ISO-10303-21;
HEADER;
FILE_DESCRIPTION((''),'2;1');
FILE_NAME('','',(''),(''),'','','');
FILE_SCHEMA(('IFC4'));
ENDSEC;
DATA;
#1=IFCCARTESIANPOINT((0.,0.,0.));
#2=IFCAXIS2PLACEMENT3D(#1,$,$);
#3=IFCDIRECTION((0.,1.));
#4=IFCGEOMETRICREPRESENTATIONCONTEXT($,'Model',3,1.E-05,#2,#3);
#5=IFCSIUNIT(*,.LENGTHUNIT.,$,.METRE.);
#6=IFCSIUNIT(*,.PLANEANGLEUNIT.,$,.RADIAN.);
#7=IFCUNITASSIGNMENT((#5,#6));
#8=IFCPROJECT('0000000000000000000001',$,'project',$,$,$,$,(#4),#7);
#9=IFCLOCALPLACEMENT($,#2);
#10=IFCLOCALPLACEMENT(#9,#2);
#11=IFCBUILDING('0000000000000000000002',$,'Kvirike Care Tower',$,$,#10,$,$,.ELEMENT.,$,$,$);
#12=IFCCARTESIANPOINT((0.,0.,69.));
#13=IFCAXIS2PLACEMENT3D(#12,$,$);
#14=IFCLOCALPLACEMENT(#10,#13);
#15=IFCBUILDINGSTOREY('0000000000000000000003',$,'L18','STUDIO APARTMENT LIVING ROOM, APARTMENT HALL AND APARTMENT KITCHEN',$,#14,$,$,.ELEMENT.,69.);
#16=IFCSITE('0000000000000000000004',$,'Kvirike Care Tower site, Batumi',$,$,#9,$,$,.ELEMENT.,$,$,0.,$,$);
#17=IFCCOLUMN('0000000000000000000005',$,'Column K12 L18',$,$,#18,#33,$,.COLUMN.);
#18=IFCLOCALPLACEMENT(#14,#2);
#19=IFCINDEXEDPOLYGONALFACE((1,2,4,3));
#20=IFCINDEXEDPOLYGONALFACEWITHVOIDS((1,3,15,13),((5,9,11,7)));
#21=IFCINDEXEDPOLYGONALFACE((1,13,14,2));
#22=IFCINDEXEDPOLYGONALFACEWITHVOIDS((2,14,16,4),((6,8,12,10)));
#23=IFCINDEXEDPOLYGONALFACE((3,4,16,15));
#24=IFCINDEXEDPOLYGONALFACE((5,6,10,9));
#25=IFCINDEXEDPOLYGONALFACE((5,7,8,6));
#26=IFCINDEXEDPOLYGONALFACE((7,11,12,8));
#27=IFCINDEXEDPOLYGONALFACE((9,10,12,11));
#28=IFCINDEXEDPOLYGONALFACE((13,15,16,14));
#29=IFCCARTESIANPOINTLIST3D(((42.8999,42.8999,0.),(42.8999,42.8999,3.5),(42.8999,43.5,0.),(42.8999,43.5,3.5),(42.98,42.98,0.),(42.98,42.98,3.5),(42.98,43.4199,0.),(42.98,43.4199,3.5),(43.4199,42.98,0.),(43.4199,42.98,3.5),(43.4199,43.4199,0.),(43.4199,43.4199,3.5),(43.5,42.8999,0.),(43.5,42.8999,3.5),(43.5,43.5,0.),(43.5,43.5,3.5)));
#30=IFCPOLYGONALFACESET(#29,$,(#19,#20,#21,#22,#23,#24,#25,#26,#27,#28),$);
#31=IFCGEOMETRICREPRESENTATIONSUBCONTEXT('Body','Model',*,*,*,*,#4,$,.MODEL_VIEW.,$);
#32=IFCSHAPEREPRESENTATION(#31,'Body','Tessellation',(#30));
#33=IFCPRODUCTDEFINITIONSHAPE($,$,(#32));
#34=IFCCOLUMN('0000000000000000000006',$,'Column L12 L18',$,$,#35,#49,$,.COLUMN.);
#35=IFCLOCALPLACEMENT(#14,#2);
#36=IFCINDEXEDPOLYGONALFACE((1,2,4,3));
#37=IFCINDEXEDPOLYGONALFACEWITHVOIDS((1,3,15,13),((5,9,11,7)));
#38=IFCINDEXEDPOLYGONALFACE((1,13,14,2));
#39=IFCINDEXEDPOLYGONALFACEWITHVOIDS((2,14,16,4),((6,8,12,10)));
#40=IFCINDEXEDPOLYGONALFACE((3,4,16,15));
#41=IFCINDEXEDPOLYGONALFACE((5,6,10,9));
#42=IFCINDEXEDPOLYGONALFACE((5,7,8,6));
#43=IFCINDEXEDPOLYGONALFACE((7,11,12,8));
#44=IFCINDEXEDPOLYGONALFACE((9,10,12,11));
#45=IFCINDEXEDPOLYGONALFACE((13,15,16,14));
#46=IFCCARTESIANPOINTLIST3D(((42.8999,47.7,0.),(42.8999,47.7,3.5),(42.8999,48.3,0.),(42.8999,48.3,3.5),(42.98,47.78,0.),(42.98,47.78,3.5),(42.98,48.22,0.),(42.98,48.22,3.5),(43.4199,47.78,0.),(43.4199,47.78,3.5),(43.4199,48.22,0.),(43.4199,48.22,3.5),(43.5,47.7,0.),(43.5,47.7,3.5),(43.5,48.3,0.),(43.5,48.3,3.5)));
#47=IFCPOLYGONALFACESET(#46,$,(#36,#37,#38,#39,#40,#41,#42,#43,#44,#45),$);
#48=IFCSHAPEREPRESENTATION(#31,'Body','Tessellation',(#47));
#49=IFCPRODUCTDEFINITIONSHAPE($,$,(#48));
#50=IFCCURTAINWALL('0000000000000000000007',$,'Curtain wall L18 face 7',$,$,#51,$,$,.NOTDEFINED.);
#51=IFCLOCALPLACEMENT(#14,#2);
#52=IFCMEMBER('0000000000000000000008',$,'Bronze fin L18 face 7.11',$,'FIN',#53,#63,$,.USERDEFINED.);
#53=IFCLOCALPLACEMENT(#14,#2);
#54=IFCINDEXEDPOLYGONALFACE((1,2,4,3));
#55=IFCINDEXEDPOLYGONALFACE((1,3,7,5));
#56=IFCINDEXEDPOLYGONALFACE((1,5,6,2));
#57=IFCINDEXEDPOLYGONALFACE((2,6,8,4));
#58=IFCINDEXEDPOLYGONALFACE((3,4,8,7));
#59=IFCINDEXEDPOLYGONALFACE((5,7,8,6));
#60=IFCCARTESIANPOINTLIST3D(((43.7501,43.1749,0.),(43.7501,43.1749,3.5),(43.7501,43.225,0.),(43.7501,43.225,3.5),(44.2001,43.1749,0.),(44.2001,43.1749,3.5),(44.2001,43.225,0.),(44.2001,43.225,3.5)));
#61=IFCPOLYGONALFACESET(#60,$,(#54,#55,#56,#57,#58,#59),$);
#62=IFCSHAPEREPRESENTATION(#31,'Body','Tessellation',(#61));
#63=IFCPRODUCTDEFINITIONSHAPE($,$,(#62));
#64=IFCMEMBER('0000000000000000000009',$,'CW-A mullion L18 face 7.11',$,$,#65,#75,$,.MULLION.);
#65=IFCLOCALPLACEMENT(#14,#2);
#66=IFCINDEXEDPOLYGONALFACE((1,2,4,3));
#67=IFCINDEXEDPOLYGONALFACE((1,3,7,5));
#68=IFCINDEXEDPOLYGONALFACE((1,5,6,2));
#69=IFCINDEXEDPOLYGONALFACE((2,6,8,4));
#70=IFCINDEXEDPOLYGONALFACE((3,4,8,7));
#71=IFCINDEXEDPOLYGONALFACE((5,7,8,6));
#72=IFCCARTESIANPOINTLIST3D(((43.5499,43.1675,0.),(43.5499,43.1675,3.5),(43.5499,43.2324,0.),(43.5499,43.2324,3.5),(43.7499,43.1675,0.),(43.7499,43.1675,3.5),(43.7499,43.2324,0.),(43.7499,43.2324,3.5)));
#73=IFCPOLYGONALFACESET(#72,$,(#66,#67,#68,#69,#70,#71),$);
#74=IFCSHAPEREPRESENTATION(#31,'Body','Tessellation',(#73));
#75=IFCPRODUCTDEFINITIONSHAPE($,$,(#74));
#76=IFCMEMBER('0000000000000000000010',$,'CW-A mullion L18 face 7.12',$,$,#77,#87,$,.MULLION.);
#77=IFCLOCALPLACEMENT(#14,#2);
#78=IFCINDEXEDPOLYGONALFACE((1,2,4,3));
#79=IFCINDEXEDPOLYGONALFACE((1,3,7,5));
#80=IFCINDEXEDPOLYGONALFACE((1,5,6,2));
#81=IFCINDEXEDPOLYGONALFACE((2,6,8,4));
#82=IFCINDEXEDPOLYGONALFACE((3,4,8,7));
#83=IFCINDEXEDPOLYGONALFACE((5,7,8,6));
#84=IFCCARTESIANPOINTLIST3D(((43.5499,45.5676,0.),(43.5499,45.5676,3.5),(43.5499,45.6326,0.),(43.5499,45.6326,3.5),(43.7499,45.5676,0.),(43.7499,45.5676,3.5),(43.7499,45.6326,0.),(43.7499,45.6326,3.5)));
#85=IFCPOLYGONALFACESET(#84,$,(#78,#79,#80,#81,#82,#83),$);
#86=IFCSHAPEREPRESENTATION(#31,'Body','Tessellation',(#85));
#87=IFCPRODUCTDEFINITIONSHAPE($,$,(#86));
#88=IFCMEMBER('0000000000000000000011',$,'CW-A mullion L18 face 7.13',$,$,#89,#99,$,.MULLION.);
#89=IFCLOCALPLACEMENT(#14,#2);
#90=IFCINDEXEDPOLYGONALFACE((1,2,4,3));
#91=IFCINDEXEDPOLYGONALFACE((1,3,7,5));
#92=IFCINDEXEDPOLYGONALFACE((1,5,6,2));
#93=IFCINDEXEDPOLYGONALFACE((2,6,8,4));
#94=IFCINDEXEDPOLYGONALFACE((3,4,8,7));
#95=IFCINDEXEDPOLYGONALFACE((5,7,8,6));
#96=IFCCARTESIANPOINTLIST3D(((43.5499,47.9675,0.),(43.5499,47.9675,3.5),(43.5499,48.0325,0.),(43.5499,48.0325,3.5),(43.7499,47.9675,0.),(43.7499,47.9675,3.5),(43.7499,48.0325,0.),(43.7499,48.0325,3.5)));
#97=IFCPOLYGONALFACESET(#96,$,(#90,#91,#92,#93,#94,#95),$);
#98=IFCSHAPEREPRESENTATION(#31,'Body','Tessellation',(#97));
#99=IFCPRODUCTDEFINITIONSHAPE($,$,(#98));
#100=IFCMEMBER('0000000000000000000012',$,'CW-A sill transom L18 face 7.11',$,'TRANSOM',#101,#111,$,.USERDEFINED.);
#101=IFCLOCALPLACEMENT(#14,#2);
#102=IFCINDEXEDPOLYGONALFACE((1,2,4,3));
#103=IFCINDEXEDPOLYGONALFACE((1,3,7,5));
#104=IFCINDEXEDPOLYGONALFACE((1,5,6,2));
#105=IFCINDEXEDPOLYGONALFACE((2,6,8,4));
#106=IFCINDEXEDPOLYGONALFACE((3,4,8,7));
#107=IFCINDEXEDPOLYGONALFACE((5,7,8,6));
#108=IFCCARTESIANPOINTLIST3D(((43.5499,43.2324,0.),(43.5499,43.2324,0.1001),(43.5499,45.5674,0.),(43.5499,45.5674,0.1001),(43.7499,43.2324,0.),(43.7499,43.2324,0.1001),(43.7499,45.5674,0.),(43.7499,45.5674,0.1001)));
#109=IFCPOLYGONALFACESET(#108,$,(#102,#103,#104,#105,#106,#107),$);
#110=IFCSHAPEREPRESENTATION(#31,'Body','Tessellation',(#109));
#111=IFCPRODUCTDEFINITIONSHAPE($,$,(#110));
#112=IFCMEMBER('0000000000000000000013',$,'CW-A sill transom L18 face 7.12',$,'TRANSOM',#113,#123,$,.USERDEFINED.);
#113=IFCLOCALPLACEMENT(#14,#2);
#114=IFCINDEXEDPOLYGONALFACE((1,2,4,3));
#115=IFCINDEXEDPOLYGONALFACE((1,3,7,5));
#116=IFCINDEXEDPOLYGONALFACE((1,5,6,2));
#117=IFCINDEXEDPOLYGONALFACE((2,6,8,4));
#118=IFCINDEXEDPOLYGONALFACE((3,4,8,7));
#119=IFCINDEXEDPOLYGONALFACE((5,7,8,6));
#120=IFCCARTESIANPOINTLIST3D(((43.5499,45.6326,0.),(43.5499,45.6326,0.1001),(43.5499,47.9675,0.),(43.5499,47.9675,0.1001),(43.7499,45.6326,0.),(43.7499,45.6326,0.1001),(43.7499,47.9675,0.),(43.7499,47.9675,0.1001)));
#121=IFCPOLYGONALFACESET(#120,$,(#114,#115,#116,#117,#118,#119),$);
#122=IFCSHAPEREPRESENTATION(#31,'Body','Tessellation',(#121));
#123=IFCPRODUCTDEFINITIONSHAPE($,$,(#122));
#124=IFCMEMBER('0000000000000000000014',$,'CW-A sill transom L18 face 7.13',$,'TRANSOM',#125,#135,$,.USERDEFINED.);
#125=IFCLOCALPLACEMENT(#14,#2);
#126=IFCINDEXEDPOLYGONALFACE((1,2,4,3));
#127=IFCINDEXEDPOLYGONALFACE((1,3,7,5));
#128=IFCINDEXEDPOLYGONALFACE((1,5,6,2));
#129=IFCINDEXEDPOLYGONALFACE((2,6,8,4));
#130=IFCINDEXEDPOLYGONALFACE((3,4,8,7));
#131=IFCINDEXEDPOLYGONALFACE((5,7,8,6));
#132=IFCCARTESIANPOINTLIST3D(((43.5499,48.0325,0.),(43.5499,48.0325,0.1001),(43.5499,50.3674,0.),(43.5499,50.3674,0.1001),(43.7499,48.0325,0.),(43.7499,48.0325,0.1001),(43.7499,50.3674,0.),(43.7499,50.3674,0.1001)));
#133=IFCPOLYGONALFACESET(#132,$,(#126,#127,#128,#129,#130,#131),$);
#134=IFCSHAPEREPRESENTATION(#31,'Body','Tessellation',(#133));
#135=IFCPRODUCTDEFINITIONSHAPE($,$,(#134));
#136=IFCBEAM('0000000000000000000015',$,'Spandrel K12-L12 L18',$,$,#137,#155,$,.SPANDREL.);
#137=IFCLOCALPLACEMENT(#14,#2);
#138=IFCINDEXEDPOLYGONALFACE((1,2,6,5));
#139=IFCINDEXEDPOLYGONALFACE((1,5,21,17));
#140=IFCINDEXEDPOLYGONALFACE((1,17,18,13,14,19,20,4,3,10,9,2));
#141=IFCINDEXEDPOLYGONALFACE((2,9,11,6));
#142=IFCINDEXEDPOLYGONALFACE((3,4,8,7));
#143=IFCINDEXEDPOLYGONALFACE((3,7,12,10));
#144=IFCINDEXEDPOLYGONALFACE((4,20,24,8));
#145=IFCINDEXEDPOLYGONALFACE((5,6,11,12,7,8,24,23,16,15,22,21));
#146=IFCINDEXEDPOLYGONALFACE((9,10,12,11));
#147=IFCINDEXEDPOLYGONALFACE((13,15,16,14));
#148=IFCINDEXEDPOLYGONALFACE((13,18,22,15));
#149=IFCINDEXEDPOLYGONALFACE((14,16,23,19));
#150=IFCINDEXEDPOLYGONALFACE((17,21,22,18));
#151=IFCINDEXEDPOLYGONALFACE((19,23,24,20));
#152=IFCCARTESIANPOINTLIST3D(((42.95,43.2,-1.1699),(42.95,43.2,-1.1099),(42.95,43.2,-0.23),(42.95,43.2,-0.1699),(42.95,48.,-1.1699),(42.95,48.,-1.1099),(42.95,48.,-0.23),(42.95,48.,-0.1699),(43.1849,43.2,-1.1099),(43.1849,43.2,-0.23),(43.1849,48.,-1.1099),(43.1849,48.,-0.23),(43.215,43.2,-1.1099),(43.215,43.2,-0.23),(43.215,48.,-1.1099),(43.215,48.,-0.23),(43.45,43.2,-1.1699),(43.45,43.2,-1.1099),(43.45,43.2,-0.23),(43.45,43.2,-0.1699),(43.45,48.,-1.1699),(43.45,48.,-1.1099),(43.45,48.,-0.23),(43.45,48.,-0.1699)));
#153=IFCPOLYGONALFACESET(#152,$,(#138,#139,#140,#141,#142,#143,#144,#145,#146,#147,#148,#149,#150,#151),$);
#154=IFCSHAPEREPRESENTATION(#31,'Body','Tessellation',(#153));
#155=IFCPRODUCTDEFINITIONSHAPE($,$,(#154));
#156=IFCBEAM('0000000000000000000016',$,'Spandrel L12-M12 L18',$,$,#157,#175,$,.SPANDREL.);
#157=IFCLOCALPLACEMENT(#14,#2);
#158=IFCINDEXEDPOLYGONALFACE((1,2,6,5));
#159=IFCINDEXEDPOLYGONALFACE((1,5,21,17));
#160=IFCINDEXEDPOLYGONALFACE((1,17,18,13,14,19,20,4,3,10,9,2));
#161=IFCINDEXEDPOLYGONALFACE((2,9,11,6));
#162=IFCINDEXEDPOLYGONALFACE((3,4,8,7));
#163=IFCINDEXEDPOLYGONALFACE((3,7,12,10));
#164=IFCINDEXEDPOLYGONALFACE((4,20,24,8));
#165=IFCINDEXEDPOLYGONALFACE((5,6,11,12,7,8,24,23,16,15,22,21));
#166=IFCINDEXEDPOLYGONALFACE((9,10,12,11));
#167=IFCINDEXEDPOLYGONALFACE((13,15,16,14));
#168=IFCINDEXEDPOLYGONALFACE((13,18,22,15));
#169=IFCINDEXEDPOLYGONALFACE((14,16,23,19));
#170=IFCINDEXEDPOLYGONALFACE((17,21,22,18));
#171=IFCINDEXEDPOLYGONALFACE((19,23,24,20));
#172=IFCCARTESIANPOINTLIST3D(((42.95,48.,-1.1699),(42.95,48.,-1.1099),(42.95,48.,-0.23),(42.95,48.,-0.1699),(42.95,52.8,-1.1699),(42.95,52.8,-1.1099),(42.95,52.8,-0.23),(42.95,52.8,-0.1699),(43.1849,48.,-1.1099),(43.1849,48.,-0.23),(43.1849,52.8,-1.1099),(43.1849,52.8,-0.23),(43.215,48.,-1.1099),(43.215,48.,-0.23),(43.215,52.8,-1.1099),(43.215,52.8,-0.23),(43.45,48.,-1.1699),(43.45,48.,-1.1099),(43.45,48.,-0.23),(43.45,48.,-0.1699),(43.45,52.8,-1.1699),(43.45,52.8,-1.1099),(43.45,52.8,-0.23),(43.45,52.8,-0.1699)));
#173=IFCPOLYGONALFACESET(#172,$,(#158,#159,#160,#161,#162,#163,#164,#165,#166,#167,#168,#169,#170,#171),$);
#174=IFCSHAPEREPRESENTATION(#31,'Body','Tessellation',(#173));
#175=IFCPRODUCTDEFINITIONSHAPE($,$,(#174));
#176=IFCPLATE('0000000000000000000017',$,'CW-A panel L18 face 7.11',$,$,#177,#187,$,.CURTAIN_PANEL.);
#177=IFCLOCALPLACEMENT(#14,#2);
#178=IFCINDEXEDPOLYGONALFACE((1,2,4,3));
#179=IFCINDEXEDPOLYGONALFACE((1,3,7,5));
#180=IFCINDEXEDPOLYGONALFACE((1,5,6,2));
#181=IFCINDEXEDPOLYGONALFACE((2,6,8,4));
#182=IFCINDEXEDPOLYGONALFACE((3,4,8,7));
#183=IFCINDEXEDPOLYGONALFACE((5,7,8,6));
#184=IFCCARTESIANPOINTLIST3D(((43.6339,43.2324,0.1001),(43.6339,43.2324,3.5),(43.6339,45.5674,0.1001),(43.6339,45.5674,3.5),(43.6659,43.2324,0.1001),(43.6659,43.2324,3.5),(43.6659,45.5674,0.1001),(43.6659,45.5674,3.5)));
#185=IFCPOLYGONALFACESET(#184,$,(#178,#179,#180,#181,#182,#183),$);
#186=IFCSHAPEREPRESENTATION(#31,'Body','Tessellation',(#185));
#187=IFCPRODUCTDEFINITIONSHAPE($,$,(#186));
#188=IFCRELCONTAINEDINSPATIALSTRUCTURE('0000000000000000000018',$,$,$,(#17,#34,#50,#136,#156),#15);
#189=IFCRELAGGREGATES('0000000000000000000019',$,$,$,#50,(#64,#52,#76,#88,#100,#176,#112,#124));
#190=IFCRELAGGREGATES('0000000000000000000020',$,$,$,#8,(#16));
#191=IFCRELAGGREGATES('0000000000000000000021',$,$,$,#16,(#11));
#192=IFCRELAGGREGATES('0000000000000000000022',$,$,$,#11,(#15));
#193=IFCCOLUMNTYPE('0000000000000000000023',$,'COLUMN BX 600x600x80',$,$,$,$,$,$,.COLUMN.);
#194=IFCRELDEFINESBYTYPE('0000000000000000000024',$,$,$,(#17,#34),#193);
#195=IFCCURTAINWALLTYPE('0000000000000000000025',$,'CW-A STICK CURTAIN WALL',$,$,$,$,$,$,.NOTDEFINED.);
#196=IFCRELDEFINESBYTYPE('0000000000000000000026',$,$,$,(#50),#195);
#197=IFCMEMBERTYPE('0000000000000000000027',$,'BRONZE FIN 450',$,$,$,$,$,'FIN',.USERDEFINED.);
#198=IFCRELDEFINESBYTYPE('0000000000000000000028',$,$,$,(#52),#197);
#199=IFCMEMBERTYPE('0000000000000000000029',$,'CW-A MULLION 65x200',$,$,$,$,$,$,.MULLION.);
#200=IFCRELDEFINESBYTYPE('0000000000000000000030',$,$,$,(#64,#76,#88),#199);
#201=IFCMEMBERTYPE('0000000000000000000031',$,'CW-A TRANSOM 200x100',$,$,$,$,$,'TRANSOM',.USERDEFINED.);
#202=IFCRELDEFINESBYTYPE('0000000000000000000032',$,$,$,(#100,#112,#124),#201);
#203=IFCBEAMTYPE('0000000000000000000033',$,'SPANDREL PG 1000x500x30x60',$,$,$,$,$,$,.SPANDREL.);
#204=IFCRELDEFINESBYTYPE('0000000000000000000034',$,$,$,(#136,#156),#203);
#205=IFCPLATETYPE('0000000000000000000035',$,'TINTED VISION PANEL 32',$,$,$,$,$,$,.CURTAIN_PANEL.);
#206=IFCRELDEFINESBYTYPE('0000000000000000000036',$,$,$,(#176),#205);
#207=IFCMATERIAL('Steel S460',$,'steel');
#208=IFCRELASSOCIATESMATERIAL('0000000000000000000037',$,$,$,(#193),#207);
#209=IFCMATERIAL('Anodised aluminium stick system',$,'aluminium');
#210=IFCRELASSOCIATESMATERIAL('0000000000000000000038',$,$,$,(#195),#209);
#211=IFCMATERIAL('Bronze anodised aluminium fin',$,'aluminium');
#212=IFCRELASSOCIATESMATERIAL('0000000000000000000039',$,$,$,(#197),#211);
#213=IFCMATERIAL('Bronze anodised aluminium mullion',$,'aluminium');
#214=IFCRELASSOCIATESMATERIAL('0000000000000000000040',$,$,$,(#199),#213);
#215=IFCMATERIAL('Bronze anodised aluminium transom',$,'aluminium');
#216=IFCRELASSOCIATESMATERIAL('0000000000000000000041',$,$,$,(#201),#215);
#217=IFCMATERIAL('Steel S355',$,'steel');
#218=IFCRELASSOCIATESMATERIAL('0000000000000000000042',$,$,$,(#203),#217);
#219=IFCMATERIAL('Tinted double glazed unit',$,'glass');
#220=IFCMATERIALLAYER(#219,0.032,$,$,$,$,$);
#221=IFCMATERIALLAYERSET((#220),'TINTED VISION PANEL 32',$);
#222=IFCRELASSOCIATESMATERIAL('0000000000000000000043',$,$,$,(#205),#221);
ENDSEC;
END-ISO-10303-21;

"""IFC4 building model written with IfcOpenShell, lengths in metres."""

from ifc_helpers import new_model, si_unit, direction, frame, origin, origin_2d, place, context, subcontext, project, spatial, rectangle, hollow_rectangle, i_section, extrude, material, layer, layer_set, material_profile, profile_set, type_object, element, aggregate, save


model = new_model("IFC4")

# Units and contexts
model_context = context("Model", 3, precision=1e-05, world=origin(), true_north=direction((0.0, 1.0)))
body_context = subcontext(model_context, "Body", "Model", "MODEL_VIEW")
ifc_project = project(units=[si_unit("LENGTHUNIT", "METRE"), si_unit("PLANEANGLEUNIT", "RADIAN")], contexts=[model_context])

# Site, building, storey
site_placement = place(None, origin())
site = spatial("IfcSite", under=ifc_project, at=site_placement, Name="Kvirike Care Tower site, Batumi", CompositionType="ELEMENT", RefElevation=0.0)
building_placement = place(site_placement, origin())
building = spatial("IfcBuilding", under=site, at=building_placement, Name="Kvirike Care Tower", CompositionType="ELEMENT")
storey_placement = place(building_placement, frame((0.0, 0.0, 69.0)))
storey = spatial("IfcBuildingStorey", under=building, at=storey_placement, Name="L18", Description="STUDIO APARTMENT LIVING ROOM, APARTMENT HALL AND APARTMENT KITCHEN", CompositionType="ELEMENT", Elevation=69.0)

# Columns
ifc_material_1 = material(Name="Steel S460", Category="steel")
ifc_material_profile_1 = material_profile(ifc_material_1, hollow_rectangle(XDim=0.6001, YDim=0.6001, WallThickness=0.0801, at=origin_2d()), Name="BX 600x600x80")
ifc_profile_set_1 = profile_set([ifc_material_profile_1], Name="Steel S460")
column_type = type_object("IfcColumnType", Name="COLUMN BX 600x600x80", PredefinedType="COLUMN", material=ifc_profile_set_1)
for number, where, z_axis, x_axis, name in (
    (1, (43.2, 43.2, 0.0), (0.0, 0.0, 1.0), (0.0, 1.0, 0.0), "Column K12 L18"),
    (2, (43.2, 48.0, 0.0), (0.0, 0.0, 1.0), (1.0, 0.0, 0.0), "Column L12 L18"),
):
    element("IfcColumn", number, at=place(storey_placement, frame(where, z_axis=z_axis, x_axis=x_axis)), inside=storey, type_object=column_type, Name=name, PredefinedType="COLUMN", context=body_context, shape_type="SweptSolid", body=[
        extrude(hollow_rectangle(XDim=0.6001, YDim=0.6001, WallThickness=0.0801, at=origin_2d()), origin(), (0.0, 0.0, 1.0), 3.5),
    ])

# Curtain wall, members
ifc_material_2 = material(Name="Anodised aluminium stick system", Category="aluminium")
curtain_wall_type = type_object("IfcCurtainWallType", Name="CW-A STICK CURTAIN WALL", PredefinedType="NOTDEFINED", material=ifc_material_2)
curtain_wall_placement = place(storey_placement, origin())
curtain_wall = element("IfcCurtainWall", 3, at=curtain_wall_placement, inside=storey, type_object=curtain_wall_type, Name="Curtain wall L18 face 7", PredefinedType="NOTDEFINED")
ifc_material_3 = material(Name="Bronze anodised aluminium fin", Category="aluminium")
ifc_material_profile_2 = material_profile(ifc_material_3, rectangle(XDim=0.05, YDim=0.45, at=origin_2d()), Name="BRONZE FIN 450")
ifc_profile_set_2 = profile_set([ifc_material_profile_2], Name="Bronze anodised aluminium fin")
member_type_1 = type_object("IfcMemberType", Name="BRONZE FIN 450", ElementType="FIN", PredefinedType="USERDEFINED", material=ifc_profile_set_2)
member_1_placement = place(storey_placement, frame((43.9751, 43.2, 0.0), z_axis=(0.0, 0.0, 1.0), x_axis=(0.0, 1.0, 0.0)))
member_1 = element("IfcMember", 4, at=member_1_placement, type_object=member_type_1, Name="Bronze fin L18 face 7.11", ObjectType="FIN", PredefinedType="USERDEFINED", context=body_context, shape_type="SweptSolid", body=[
    extrude(rectangle(XDim=0.05, YDim=0.45, at=origin_2d()), origin(), (0.0, 0.0, 1.0), 3.5),
])
ifc_material_4 = material(Name="Bronze anodised aluminium mullion", Category="aluminium")
ifc_material_profile_3 = material_profile(ifc_material_4, rectangle(XDim=0.0649, YDim=0.2, at=origin_2d()), Name="CW-A MULLION 65x200")
ifc_profile_set_3 = profile_set([ifc_material_profile_3], Name="Bronze anodised aluminium mullion")
member_type_2 = type_object("IfcMemberType", Name="CW-A MULLION 65x200", PredefinedType="MULLION", material=ifc_profile_set_3)
member_2_placement = place(storey_placement, frame((43.6499, 43.2, 0.0), z_axis=(0.0, 0.0, 1.0), x_axis=(0.0, 1.0, 0.0)))
member_2 = element("IfcMember", 5, at=member_2_placement, type_object=member_type_2, Name="CW-A mullion L18 face 7.11", PredefinedType="MULLION", context=body_context, shape_type="SweptSolid", body=[
    extrude(rectangle(XDim=0.0649, YDim=0.2, at=origin_2d()), origin(), (0.0, 0.0, 1.0), 3.5),
])
member_3_placement = place(storey_placement, frame((43.6499, 45.6001, 0.0), z_axis=(0.0, 0.0, 1.0), x_axis=(0.0, 1.0, 0.0)))
member_3 = element("IfcMember", 6, at=member_3_placement, type_object=member_type_2, Name="CW-A mullion L18 face 7.12", PredefinedType="MULLION", context=body_context, shape_type="SweptSolid", body=[
    extrude(rectangle(XDim=0.0649, YDim=0.2, at=origin_2d()), origin(), (0.0, 0.0, 1.0), 3.5),
])
member_4_placement = place(storey_placement, frame((43.6499, 48.0, 0.0), z_axis=(0.0, 0.0, 1.0), x_axis=(0.0, 1.0, 0.0)))
member_4 = element("IfcMember", 7, at=member_4_placement, type_object=member_type_2, Name="CW-A mullion L18 face 7.13", PredefinedType="MULLION", context=body_context, shape_type="SweptSolid", body=[
    extrude(rectangle(XDim=0.0649, YDim=0.2, at=origin_2d()), origin(), (0.0, 0.0, 1.0), 3.5),
])
ifc_material_5 = material(Name="Bronze anodised aluminium transom", Category="aluminium")
ifc_material_profile_4 = material_profile(ifc_material_5, rectangle(XDim=0.2, YDim=0.1001, at=origin_2d()), Name="CW-A TRANSOM 200x100")
ifc_profile_set_4 = profile_set([ifc_material_profile_4], Name="Bronze anodised aluminium transom")
member_type_3 = type_object("IfcMemberType", Name="CW-A TRANSOM 200x100", ElementType="TRANSOM", PredefinedType="USERDEFINED", material=ifc_profile_set_4)
member_5_placement = place(storey_placement, frame((43.6499, 43.2324, 0.05), z_axis=(0.0, 1.0, 0.0), x_axis=(-1.0, 0.0, 0.0)))
member_5 = element("IfcMember", 8, at=member_5_placement, type_object=member_type_3, Name="CW-A sill transom L18 face 7.11", ObjectType="TRANSOM", PredefinedType="USERDEFINED", context=body_context, shape_type="SweptSolid", body=[
    extrude(rectangle(XDim=0.2, YDim=0.1001, at=origin_2d()), origin(), (0.0, 0.0, 1.0), 2.335),
])
member_6_placement = place(storey_placement, frame((43.6499, 45.6326, 0.05), z_axis=(0.0, 1.0, 0.0), x_axis=(-1.0, 0.0, 0.0)))
member_6 = element("IfcMember", 9, at=member_6_placement, type_object=member_type_3, Name="CW-A sill transom L18 face 7.12", ObjectType="TRANSOM", PredefinedType="USERDEFINED", context=body_context, shape_type="SweptSolid", body=[
    extrude(rectangle(XDim=0.2, YDim=0.1001, at=origin_2d()), origin(), (0.0, 0.0, 1.0), 2.335),
])
member_7_placement = place(storey_placement, frame((43.6499, 48.0325, 0.05), z_axis=(0.0, 1.0, 0.0), x_axis=(-1.0, 0.0, 0.0)))
member_7 = element("IfcMember", 10, at=member_7_placement, type_object=member_type_3, Name="CW-A sill transom L18 face 7.13", ObjectType="TRANSOM", PredefinedType="USERDEFINED", context=body_context, shape_type="SweptSolid", body=[
    extrude(rectangle(XDim=0.2, YDim=0.1001, at=origin_2d()), origin(), (0.0, 0.0, 1.0), 2.335),
])

# Beams
ifc_material_6 = material(Name="Steel S355", Category="steel")
ifc_material_profile_5 = material_profile(ifc_material_6, i_section(OverallWidth=0.5, OverallDepth=1.0, WebThickness=0.03, FlangeThickness=0.0601, at=origin_2d()), Name="PG 1000x500x30x60")
ifc_profile_set_5 = profile_set([ifc_material_profile_5], Name="Steel S355")
beam_type = type_object("IfcBeamType", Name="SPANDREL PG 1000x500x30x60", PredefinedType="SPANDREL", material=ifc_profile_set_5)
for number, where, z_axis, x_axis, name in (
    (11, (43.2, 43.2, -0.6699), (0.0, 1.0, 0.0), (-1.0, 0.0, 0.0), "Spandrel K12-L12 L18"),
    (12, (43.2, 48.0, -0.6699), (0.0, 1.0, 0.0), (-1.0, 0.0, 0.0), "Spandrel L12-M12 L18"),
):
    element("IfcBeam", number, at=place(storey_placement, frame(where, z_axis=z_axis, x_axis=x_axis)), inside=storey, type_object=beam_type, Name=name, PredefinedType="SPANDREL", context=body_context, shape_type="SweptSolid", body=[
        extrude(i_section(OverallWidth=0.5, OverallDepth=1.0, WebThickness=0.03, FlangeThickness=0.0601, at=origin_2d()), origin(), (0.0, 0.0, 1.0), 4.8),
    ])

# Plate
ifc_material_7 = material(Name="Tinted double glazed unit", Category="glass")
ifc_layer_1 = layer(ifc_material_7, 0.032)
ifc_layer_set_1 = layer_set([ifc_layer_1], Name="TINTED VISION PANEL 32")
plate_type = type_object("IfcPlateType", Name="TINTED VISION PANEL 32", PredefinedType="CURTAIN_PANEL", material=ifc_layer_set_1)
plate_1_placement = place(storey_placement, frame((43.6499, 44.3999, 0.1001), z_axis=(0.0, 0.0, 1.0), x_axis=(0.0, 1.0, 0.0)))
plate_1 = element("IfcPlate", 13, at=plate_1_placement, type_object=plate_type, Name="CW-A panel L18 face 7.11", PredefinedType="CURTAIN_PANEL", context=body_context, shape_type="SweptSolid", body=[
    extrude(rectangle(XDim=2.335, YDim=0.032, at=origin_2d()), origin(), (0.0, 0.0, 1.0), 3.3999),
])
aggregate(curtain_wall, [member_2, member_1, member_3, member_4, member_5, plate_1, member_6, member_7])

save(model, "model.ifc")
